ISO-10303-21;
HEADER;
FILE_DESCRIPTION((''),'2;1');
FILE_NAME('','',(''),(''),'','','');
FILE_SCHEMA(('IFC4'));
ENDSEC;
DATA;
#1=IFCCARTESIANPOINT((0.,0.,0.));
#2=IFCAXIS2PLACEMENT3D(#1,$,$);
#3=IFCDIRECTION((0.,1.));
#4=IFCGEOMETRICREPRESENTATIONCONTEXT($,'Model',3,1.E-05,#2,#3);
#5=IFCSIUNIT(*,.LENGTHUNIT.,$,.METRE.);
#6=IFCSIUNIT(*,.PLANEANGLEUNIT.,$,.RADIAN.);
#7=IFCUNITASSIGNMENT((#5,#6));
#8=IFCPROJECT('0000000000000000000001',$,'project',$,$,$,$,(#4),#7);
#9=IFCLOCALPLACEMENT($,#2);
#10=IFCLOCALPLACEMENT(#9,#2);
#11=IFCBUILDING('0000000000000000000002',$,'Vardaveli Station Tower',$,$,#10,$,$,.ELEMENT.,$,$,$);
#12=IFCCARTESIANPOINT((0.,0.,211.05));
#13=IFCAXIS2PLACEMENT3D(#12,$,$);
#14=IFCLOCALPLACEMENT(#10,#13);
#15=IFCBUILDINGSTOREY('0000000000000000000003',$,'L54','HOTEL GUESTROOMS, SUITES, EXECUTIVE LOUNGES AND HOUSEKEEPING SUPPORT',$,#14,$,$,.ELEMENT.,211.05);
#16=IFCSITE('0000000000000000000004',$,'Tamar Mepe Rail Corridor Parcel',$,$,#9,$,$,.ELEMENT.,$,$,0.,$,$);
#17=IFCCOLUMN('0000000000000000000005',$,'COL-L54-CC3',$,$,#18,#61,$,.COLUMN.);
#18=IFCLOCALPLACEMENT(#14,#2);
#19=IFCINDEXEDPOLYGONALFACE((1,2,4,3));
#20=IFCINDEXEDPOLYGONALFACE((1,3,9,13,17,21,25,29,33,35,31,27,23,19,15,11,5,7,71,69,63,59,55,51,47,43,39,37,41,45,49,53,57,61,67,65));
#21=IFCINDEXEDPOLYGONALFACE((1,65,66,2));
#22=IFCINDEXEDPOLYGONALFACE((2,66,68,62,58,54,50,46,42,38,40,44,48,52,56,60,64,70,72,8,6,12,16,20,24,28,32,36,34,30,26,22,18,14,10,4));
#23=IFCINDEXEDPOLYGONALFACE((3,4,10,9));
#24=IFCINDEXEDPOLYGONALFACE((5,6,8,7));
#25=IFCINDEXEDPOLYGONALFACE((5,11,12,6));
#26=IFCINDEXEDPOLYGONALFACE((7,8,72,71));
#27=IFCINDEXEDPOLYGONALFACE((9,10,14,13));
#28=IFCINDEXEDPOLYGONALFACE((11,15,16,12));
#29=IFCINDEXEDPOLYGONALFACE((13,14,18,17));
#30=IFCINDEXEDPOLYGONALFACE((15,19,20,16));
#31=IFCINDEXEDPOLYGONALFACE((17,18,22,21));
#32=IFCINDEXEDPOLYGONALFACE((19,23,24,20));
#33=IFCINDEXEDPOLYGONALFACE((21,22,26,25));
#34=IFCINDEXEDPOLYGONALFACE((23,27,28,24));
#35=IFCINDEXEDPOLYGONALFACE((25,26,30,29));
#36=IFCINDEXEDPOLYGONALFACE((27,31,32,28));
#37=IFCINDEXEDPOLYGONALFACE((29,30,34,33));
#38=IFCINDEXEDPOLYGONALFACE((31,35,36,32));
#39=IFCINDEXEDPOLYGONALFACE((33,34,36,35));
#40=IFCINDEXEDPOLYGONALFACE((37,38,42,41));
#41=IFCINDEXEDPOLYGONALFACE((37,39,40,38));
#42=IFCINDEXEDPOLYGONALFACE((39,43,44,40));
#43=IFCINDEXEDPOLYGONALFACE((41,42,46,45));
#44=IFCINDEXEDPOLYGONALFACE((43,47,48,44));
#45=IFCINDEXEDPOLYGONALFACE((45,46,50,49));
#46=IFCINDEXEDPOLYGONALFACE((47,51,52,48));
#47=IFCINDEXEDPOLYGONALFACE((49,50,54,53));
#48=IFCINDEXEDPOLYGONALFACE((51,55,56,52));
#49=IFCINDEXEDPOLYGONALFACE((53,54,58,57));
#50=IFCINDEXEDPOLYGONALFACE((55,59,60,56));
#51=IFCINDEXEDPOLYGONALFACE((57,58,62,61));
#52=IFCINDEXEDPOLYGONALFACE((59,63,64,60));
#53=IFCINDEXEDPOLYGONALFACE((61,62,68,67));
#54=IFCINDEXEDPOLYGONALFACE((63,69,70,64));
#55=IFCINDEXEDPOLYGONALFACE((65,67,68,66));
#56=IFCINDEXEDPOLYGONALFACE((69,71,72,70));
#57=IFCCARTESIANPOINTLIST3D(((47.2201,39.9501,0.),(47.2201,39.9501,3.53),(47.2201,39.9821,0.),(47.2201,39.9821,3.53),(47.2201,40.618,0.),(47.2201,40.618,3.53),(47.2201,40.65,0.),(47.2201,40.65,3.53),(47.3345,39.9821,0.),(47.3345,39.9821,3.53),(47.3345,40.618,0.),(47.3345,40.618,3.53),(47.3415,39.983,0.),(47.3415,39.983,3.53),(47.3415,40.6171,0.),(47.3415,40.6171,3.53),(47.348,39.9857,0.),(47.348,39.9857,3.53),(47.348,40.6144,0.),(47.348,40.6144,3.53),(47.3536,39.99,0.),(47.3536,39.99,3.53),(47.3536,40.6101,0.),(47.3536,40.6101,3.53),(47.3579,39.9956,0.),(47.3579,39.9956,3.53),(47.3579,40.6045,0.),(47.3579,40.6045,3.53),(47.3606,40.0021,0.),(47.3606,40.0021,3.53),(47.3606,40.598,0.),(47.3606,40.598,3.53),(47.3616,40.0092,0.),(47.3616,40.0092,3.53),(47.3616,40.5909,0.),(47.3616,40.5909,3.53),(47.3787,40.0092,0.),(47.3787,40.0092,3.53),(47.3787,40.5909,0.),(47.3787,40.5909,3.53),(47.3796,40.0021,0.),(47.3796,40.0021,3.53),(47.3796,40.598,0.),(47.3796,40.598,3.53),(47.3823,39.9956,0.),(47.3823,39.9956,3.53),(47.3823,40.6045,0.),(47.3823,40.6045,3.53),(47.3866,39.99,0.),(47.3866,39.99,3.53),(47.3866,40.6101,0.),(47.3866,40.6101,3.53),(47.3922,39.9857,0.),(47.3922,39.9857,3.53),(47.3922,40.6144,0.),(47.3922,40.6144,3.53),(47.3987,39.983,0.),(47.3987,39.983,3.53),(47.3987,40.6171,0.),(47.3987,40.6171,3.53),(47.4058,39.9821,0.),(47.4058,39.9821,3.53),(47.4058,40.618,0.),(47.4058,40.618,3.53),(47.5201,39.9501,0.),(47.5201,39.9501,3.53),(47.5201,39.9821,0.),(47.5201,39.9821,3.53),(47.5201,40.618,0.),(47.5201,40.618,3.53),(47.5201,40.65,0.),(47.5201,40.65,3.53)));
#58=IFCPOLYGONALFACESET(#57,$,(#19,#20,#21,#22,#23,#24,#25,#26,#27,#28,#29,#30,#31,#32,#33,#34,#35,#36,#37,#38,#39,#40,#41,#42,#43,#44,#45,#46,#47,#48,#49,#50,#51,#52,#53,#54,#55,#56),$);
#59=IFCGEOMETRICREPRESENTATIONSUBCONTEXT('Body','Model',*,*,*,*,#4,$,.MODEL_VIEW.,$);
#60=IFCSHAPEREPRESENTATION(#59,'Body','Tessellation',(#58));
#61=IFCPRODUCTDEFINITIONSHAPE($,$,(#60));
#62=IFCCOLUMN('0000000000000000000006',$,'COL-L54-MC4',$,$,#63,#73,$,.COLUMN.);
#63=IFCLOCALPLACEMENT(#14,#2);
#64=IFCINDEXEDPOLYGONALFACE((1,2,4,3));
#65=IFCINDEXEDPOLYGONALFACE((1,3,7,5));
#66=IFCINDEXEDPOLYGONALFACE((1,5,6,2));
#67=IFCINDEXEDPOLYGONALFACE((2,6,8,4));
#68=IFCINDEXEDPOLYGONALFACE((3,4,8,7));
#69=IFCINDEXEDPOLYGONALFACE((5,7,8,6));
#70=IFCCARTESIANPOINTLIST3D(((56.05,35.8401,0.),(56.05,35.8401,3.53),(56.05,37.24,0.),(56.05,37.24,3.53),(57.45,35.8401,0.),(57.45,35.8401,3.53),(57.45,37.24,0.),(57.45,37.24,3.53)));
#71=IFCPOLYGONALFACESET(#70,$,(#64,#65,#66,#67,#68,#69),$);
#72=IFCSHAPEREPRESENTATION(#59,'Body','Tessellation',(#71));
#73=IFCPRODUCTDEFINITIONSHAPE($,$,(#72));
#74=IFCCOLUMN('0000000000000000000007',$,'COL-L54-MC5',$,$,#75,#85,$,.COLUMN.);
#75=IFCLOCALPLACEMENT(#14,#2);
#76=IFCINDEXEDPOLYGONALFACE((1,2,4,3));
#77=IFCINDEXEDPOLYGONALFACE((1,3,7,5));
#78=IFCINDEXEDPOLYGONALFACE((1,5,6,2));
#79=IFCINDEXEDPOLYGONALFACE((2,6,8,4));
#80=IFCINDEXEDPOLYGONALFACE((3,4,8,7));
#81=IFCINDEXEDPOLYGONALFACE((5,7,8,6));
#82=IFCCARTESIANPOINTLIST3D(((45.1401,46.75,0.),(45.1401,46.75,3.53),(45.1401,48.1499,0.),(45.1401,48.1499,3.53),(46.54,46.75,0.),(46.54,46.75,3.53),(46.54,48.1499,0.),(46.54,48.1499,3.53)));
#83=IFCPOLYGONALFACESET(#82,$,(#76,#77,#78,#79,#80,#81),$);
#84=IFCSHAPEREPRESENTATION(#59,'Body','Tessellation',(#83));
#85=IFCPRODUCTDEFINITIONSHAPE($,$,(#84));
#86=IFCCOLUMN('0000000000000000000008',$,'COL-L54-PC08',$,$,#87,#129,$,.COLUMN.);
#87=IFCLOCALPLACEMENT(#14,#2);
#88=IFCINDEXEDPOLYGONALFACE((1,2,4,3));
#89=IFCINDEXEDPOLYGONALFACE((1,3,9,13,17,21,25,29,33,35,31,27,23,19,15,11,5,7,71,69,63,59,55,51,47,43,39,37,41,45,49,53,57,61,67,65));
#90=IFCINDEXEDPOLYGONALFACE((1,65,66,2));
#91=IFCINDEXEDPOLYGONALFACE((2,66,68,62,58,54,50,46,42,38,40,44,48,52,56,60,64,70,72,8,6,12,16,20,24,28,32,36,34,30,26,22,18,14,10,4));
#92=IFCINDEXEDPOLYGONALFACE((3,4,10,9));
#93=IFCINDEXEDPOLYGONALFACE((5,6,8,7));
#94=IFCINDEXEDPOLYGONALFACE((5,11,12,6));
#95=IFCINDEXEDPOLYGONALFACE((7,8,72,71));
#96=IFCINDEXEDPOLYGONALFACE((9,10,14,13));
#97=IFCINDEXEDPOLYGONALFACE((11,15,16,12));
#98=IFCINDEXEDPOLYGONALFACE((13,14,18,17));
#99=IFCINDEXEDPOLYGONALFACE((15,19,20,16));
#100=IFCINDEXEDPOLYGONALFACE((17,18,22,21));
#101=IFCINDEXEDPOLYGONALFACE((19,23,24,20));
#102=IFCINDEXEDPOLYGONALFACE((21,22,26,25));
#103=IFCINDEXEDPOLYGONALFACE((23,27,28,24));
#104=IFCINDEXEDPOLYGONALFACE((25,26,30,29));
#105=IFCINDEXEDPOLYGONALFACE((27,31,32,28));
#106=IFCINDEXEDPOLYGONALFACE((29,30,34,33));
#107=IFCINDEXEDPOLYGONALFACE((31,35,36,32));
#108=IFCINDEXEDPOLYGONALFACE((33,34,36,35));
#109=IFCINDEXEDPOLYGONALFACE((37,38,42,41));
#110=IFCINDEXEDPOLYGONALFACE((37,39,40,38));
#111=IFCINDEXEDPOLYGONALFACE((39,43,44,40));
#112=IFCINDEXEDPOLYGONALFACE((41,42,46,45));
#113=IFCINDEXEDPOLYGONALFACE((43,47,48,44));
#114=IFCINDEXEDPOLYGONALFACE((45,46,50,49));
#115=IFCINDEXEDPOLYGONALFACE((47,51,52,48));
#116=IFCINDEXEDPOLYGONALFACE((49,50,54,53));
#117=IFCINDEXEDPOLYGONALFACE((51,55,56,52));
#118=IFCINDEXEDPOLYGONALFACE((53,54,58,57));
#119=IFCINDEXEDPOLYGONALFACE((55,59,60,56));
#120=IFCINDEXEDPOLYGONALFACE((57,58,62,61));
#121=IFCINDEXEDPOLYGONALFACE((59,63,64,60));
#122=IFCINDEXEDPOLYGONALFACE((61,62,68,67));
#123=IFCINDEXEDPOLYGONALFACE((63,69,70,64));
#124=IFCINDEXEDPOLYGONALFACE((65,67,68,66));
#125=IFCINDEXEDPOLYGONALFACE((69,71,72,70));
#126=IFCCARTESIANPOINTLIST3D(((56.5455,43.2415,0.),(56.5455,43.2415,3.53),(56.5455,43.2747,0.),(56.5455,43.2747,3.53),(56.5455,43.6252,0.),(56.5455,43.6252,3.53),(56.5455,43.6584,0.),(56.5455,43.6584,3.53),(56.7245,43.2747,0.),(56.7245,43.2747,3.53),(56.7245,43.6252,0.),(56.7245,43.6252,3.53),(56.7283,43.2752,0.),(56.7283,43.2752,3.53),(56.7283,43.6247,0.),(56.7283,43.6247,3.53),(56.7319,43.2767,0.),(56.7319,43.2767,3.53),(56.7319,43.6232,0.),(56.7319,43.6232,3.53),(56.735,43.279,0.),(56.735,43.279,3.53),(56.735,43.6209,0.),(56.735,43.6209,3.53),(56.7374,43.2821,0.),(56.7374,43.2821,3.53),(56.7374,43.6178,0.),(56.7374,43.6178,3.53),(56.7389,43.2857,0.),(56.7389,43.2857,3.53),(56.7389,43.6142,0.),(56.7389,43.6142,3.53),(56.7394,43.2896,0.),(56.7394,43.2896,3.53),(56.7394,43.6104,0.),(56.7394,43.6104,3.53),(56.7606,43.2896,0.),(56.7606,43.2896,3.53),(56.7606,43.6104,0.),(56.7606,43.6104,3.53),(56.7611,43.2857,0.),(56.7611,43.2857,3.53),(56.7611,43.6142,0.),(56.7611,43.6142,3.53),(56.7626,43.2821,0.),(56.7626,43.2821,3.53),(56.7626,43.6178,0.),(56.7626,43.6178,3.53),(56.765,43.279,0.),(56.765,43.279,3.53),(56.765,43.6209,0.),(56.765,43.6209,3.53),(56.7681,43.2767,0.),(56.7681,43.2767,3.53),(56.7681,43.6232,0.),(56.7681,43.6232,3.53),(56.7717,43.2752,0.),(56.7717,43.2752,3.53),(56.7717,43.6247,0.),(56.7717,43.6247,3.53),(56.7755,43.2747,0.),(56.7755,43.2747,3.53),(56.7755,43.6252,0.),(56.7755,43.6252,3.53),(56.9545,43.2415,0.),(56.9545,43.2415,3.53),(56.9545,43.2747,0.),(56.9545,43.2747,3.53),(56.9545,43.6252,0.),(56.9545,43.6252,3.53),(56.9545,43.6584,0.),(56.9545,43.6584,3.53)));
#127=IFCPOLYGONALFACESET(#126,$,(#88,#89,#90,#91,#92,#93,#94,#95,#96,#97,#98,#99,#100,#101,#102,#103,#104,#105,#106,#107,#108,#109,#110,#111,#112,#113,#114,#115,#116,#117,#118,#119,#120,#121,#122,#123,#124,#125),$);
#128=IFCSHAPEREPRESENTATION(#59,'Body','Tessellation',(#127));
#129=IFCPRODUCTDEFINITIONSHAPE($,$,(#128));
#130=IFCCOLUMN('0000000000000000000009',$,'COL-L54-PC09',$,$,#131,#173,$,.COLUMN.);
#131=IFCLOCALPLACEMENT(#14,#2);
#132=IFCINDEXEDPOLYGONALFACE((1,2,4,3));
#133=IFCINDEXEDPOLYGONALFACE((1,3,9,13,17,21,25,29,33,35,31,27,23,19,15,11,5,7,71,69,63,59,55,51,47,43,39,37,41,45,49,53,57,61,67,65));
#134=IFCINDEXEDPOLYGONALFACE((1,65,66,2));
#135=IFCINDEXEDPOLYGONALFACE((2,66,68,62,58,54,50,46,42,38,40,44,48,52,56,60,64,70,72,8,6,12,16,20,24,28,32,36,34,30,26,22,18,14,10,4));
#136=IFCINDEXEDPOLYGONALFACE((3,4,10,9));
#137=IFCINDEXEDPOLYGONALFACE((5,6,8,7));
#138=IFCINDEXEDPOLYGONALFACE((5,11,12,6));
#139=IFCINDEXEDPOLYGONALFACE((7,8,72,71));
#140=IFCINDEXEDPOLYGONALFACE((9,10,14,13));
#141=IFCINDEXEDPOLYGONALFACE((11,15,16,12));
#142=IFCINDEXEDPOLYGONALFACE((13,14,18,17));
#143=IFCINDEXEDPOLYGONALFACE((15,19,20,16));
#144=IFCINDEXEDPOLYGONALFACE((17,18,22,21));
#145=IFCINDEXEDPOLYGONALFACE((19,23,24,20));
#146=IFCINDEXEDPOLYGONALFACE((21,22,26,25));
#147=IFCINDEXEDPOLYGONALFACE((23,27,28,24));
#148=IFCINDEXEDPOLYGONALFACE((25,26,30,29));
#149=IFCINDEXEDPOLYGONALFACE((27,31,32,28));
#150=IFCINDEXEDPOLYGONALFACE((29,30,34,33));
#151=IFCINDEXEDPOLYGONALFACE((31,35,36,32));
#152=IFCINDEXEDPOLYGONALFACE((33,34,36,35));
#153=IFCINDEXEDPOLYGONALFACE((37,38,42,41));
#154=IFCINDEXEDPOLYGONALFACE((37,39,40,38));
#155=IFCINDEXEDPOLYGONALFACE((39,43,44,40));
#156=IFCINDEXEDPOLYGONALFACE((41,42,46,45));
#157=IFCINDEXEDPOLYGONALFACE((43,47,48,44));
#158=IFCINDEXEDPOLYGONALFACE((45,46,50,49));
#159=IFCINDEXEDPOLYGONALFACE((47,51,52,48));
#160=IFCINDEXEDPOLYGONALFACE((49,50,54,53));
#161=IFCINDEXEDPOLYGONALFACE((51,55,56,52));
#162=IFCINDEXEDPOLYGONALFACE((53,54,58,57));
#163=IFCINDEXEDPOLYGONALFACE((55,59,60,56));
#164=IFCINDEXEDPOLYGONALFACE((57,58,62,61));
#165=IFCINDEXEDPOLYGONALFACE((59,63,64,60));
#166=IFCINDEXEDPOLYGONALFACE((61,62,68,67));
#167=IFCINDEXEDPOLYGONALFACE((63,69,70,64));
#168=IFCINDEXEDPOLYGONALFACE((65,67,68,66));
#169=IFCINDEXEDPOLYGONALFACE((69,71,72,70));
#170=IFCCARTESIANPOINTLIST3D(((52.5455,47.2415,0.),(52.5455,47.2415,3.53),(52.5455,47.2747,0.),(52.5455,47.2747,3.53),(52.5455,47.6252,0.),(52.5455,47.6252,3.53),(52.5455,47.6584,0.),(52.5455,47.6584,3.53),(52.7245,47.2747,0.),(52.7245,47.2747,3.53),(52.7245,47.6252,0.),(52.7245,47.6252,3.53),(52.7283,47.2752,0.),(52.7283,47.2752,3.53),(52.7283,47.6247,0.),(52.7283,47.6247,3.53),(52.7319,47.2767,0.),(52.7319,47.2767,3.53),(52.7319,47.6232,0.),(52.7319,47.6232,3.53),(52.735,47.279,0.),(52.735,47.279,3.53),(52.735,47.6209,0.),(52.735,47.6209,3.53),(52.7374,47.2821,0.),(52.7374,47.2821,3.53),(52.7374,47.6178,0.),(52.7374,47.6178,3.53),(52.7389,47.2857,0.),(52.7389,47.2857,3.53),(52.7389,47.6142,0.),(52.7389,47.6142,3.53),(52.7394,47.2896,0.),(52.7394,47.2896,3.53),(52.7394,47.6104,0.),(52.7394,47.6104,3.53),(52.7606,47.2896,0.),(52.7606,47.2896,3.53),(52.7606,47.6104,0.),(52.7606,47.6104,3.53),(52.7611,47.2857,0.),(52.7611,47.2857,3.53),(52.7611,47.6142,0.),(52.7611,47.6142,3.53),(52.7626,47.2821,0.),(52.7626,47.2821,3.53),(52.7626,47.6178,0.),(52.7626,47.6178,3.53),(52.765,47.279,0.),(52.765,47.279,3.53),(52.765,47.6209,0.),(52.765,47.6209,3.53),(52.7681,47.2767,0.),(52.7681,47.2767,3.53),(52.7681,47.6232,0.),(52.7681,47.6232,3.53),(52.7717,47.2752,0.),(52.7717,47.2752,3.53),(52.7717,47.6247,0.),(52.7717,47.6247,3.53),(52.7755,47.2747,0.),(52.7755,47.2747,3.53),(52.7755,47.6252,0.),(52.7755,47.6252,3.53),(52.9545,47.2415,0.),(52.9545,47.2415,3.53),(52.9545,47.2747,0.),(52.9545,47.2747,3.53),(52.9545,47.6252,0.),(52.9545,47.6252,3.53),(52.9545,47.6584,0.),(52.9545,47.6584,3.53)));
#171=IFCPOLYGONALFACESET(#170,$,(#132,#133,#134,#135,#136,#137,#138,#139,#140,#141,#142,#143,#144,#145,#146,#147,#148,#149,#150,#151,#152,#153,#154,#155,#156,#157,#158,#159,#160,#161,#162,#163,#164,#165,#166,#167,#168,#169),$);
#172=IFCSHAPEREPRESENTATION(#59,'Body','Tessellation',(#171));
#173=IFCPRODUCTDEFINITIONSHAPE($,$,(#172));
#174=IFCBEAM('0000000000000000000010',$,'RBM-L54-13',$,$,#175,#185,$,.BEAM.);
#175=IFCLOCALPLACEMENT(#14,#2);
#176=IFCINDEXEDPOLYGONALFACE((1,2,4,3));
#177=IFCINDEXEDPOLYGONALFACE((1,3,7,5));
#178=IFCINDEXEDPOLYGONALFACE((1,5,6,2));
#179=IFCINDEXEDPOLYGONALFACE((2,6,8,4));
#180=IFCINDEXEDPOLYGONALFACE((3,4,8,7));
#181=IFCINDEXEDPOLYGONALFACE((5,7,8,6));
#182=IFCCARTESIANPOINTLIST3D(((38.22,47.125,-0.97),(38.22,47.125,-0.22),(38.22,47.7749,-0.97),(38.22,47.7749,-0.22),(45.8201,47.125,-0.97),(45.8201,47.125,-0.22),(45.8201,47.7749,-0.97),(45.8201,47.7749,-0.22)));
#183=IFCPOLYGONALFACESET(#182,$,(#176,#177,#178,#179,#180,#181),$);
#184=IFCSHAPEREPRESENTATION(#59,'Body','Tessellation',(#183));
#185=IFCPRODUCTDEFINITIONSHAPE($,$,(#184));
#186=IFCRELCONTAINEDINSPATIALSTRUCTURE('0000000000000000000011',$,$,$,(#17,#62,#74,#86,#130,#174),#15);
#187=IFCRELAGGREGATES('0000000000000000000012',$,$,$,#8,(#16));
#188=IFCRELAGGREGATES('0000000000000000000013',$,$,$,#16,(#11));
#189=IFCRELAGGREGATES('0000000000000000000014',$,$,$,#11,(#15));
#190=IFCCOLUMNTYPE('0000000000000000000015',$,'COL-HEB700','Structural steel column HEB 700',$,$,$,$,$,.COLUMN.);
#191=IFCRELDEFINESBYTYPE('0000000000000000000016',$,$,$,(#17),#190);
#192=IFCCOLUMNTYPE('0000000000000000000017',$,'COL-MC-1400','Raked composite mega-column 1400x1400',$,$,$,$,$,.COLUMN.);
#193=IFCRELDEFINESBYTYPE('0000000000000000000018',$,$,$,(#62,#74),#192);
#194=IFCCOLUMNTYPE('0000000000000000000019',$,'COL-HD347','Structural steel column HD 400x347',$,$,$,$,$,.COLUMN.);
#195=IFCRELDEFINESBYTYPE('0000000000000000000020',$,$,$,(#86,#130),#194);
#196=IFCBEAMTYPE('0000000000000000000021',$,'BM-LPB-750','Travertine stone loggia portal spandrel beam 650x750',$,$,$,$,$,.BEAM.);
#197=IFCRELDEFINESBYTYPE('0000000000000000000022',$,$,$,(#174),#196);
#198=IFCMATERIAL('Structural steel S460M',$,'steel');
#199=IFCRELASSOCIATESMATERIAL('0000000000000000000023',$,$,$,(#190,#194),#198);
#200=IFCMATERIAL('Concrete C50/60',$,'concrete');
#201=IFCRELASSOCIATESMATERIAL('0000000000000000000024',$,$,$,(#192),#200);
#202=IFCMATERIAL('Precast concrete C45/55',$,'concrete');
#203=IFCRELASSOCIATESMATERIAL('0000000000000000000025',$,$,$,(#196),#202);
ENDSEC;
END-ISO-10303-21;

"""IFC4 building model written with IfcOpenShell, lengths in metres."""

from ifc_helpers import new_model, si_unit, direction, frame, origin, origin_2d, place, context, subcontext, project, spatial, rectangle, i_section, extrude, source, transform, mapped, material, material_profile, profile_set, type_object, element, save


model = new_model("IFC4")

# Units and contexts
model_context = context("Model", 3, precision=1e-05, world=origin(), true_north=direction((0.0, 1.0)))
body_context = subcontext(model_context, "Body", "Model", "MODEL_VIEW")
ifc_project = project(units=[si_unit("LENGTHUNIT", "METRE"), si_unit("PLANEANGLEUNIT", "RADIAN")], contexts=[model_context])

# Site, building, storey
site_placement = place(None, origin())
site = spatial("IfcSite", under=ifc_project, at=site_placement, Name="Tamar Mepe Rail Corridor Parcel", CompositionType="ELEMENT", RefElevation=0.0)
building_placement = place(site_placement, origin())
building = spatial("IfcBuilding", under=site, at=building_placement, Name="Vardaveli Station Tower", CompositionType="ELEMENT")
storey_placement = place(building_placement, frame((0.0, 0.0, 211.05)))
storey = spatial("IfcBuildingStorey", under=building, at=storey_placement, Name="L54", Description="HOTEL GUESTROOMS, SUITES, EXECUTIVE LOUNGES AND HOUSEKEEPING SUPPORT", CompositionType="ELEMENT", Elevation=211.05)

# Columns
ifc_material_1 = material(Name="Structural steel S460M", Category="steel")
ifc_material_profile_1 = material_profile(ifc_material_1, i_section(OverallWidth=0.3, OverallDepth=0.7, WebThickness=0.0171, FlangeThickness=0.032, FilletRadius=0.0271, at=origin_2d()), Name="HEB 700")
ifc_profile_set_1 = profile_set([ifc_material_profile_1], Name="Structural steel S460M")
column_type_1 = type_object("IfcColumnType", Name="COL-HEB700", Description="Structural steel column HEB 700", PredefinedType="COLUMN", material=ifc_profile_set_1)
shared_shape_1 = source(origin(), body_context, "Body", "SweptSolid", [
    extrude(i_section(OverallWidth=0.3, OverallDepth=0.7, WebThickness=0.0171, FlangeThickness=0.032, FilletRadius=0.0271, at=origin_2d()), origin(), (0.0, 0.0, 1.0), 3.53),
])
column_placement = place(storey_placement, frame((47.3701, 40.3, 0.0), z_axis=(0.0, 0.0, 1.0), x_axis=(1.0, 0.0, 0.0)))
element("IfcColumn", 1, at=column_placement, inside=storey, type_object=column_type_1, Name="COL-L54-CC3", PredefinedType="COLUMN", context=body_context, shape_type="MappedRepresentation", body=[
    mapped(shared_shape_1, transform((0.0, 0.0, 0.0), scale=1.0)),
])
ifc_material_2 = material(Name="Concrete C50/60", Category="concrete")
ifc_material_profile_2 = material_profile(ifc_material_2, rectangle(XDim=1.3999, YDim=1.3999, at=origin_2d()), Name="MC 1400x1400")
ifc_profile_set_2 = profile_set([ifc_material_profile_2], Name="Concrete C50/60")
column_type_2 = type_object("IfcColumnType", Name="COL-MC-1400", Description="Raked composite mega-column 1400x1400", PredefinedType="COLUMN", material=ifc_profile_set_2)
shared_shape_2 = source(origin(), body_context, "Body", "SweptSolid", [
    extrude(rectangle(XDim=1.3999, YDim=1.3999, at=origin_2d()), origin(), (0.0, 0.0, 1.0), 3.53),
])
for number, where, z_axis, x_axis, name in (
    (2, (56.75, 36.54, 0.0), (0.0, 0.0, 1.0), (1.0, 0.0, 0.0), "COL-L54-MC4"),
    (3, (45.8401, 47.45, 0.0), (0.0, 0.0, 1.0), (1.0, 0.0, 0.0), "COL-L54-MC5"),
):
    element("IfcColumn", number, at=place(storey_placement, frame(where, z_axis=z_axis, x_axis=x_axis)), inside=storey, type_object=column_type_2, Name=name, PredefinedType="COLUMN", context=body_context, shape_type="MappedRepresentation", body=[
        mapped(shared_shape_2, transform((0.0, 0.0, 0.0), scale=1.0)),
    ])
ifc_material_profile_3 = material_profile(ifc_material_1, i_section(OverallWidth=0.4089, OverallDepth=0.417, WebThickness=0.0212, FlangeThickness=0.0332, FilletRadius=0.0149, at=origin_2d()), Name="HD 400x347")
ifc_profile_set_3 = profile_set([ifc_material_profile_3], Name="Structural steel S460M")
column_type_3 = type_object("IfcColumnType", Name="COL-HD347", Description="Structural steel column HD 400x347", PredefinedType="COLUMN", material=ifc_profile_set_3)
shared_shape_3 = source(origin(), body_context, "Body", "SweptSolid", [
    extrude(i_section(OverallWidth=0.4089, OverallDepth=0.417, WebThickness=0.0212, FlangeThickness=0.0332, FilletRadius=0.0149, at=origin_2d()), origin(), (0.0, 0.0, 1.0), 3.53),
])
for number, where, z_axis, x_axis, name in (
    (4, (56.75, 43.45, 0.0), (0.0, 0.0, 1.0), (1.0, 0.0, 0.0), "COL-L54-PC08"),
    (5, (52.75, 47.45, 0.0), (0.0, 0.0, 1.0), (1.0, 0.0, 0.0), "COL-L54-PC09"),
):
    element("IfcColumn", number, at=place(storey_placement, frame(where, z_axis=z_axis, x_axis=x_axis)), inside=storey, type_object=column_type_3, Name=name, PredefinedType="COLUMN", context=body_context, shape_type="MappedRepresentation", body=[
        mapped(shared_shape_3, transform((0.0, 0.0, 0.0), scale=1.0)),
    ])

# Beam
ifc_material_3 = material(Name="Precast concrete C45/55", Category="concrete")
ifc_material_profile_4 = material_profile(ifc_material_3, rectangle(XDim=0.6499, YDim=0.75, at=origin_2d()), Name="LPB 650x750")
ifc_profile_set_4 = profile_set([ifc_material_profile_4], Name="Precast concrete C45/55")
beam_type = type_object("IfcBeamType", Name="BM-LPB-750", Description="Travertine stone loggia portal spandrel beam 650x750", PredefinedType="BEAM", material=ifc_profile_set_4)
shared_shape_4 = source(origin(), body_context, "Body", "SweptSolid", [
    extrude(rectangle(XDim=0.6499, YDim=0.75, at=origin_2d()), origin(), (0.0, 0.0, 1.0), 7.6001),
])
beam_1_placement = place(storey_placement, frame((45.8201, 47.45, -0.595), z_axis=(-1.0, 0.0, 0.0), x_axis=(0.0, -1.0, 0.0)))
element("IfcBeam", 6, at=beam_1_placement, inside=storey, type_object=beam_type, Name="RBM-L54-13", PredefinedType="BEAM", context=body_context, shape_type="MappedRepresentation", body=[
    mapped(shared_shape_4, transform((0.0, 0.0, 0.0), scale=1.0)),
])

save(model, "model.ifc")
